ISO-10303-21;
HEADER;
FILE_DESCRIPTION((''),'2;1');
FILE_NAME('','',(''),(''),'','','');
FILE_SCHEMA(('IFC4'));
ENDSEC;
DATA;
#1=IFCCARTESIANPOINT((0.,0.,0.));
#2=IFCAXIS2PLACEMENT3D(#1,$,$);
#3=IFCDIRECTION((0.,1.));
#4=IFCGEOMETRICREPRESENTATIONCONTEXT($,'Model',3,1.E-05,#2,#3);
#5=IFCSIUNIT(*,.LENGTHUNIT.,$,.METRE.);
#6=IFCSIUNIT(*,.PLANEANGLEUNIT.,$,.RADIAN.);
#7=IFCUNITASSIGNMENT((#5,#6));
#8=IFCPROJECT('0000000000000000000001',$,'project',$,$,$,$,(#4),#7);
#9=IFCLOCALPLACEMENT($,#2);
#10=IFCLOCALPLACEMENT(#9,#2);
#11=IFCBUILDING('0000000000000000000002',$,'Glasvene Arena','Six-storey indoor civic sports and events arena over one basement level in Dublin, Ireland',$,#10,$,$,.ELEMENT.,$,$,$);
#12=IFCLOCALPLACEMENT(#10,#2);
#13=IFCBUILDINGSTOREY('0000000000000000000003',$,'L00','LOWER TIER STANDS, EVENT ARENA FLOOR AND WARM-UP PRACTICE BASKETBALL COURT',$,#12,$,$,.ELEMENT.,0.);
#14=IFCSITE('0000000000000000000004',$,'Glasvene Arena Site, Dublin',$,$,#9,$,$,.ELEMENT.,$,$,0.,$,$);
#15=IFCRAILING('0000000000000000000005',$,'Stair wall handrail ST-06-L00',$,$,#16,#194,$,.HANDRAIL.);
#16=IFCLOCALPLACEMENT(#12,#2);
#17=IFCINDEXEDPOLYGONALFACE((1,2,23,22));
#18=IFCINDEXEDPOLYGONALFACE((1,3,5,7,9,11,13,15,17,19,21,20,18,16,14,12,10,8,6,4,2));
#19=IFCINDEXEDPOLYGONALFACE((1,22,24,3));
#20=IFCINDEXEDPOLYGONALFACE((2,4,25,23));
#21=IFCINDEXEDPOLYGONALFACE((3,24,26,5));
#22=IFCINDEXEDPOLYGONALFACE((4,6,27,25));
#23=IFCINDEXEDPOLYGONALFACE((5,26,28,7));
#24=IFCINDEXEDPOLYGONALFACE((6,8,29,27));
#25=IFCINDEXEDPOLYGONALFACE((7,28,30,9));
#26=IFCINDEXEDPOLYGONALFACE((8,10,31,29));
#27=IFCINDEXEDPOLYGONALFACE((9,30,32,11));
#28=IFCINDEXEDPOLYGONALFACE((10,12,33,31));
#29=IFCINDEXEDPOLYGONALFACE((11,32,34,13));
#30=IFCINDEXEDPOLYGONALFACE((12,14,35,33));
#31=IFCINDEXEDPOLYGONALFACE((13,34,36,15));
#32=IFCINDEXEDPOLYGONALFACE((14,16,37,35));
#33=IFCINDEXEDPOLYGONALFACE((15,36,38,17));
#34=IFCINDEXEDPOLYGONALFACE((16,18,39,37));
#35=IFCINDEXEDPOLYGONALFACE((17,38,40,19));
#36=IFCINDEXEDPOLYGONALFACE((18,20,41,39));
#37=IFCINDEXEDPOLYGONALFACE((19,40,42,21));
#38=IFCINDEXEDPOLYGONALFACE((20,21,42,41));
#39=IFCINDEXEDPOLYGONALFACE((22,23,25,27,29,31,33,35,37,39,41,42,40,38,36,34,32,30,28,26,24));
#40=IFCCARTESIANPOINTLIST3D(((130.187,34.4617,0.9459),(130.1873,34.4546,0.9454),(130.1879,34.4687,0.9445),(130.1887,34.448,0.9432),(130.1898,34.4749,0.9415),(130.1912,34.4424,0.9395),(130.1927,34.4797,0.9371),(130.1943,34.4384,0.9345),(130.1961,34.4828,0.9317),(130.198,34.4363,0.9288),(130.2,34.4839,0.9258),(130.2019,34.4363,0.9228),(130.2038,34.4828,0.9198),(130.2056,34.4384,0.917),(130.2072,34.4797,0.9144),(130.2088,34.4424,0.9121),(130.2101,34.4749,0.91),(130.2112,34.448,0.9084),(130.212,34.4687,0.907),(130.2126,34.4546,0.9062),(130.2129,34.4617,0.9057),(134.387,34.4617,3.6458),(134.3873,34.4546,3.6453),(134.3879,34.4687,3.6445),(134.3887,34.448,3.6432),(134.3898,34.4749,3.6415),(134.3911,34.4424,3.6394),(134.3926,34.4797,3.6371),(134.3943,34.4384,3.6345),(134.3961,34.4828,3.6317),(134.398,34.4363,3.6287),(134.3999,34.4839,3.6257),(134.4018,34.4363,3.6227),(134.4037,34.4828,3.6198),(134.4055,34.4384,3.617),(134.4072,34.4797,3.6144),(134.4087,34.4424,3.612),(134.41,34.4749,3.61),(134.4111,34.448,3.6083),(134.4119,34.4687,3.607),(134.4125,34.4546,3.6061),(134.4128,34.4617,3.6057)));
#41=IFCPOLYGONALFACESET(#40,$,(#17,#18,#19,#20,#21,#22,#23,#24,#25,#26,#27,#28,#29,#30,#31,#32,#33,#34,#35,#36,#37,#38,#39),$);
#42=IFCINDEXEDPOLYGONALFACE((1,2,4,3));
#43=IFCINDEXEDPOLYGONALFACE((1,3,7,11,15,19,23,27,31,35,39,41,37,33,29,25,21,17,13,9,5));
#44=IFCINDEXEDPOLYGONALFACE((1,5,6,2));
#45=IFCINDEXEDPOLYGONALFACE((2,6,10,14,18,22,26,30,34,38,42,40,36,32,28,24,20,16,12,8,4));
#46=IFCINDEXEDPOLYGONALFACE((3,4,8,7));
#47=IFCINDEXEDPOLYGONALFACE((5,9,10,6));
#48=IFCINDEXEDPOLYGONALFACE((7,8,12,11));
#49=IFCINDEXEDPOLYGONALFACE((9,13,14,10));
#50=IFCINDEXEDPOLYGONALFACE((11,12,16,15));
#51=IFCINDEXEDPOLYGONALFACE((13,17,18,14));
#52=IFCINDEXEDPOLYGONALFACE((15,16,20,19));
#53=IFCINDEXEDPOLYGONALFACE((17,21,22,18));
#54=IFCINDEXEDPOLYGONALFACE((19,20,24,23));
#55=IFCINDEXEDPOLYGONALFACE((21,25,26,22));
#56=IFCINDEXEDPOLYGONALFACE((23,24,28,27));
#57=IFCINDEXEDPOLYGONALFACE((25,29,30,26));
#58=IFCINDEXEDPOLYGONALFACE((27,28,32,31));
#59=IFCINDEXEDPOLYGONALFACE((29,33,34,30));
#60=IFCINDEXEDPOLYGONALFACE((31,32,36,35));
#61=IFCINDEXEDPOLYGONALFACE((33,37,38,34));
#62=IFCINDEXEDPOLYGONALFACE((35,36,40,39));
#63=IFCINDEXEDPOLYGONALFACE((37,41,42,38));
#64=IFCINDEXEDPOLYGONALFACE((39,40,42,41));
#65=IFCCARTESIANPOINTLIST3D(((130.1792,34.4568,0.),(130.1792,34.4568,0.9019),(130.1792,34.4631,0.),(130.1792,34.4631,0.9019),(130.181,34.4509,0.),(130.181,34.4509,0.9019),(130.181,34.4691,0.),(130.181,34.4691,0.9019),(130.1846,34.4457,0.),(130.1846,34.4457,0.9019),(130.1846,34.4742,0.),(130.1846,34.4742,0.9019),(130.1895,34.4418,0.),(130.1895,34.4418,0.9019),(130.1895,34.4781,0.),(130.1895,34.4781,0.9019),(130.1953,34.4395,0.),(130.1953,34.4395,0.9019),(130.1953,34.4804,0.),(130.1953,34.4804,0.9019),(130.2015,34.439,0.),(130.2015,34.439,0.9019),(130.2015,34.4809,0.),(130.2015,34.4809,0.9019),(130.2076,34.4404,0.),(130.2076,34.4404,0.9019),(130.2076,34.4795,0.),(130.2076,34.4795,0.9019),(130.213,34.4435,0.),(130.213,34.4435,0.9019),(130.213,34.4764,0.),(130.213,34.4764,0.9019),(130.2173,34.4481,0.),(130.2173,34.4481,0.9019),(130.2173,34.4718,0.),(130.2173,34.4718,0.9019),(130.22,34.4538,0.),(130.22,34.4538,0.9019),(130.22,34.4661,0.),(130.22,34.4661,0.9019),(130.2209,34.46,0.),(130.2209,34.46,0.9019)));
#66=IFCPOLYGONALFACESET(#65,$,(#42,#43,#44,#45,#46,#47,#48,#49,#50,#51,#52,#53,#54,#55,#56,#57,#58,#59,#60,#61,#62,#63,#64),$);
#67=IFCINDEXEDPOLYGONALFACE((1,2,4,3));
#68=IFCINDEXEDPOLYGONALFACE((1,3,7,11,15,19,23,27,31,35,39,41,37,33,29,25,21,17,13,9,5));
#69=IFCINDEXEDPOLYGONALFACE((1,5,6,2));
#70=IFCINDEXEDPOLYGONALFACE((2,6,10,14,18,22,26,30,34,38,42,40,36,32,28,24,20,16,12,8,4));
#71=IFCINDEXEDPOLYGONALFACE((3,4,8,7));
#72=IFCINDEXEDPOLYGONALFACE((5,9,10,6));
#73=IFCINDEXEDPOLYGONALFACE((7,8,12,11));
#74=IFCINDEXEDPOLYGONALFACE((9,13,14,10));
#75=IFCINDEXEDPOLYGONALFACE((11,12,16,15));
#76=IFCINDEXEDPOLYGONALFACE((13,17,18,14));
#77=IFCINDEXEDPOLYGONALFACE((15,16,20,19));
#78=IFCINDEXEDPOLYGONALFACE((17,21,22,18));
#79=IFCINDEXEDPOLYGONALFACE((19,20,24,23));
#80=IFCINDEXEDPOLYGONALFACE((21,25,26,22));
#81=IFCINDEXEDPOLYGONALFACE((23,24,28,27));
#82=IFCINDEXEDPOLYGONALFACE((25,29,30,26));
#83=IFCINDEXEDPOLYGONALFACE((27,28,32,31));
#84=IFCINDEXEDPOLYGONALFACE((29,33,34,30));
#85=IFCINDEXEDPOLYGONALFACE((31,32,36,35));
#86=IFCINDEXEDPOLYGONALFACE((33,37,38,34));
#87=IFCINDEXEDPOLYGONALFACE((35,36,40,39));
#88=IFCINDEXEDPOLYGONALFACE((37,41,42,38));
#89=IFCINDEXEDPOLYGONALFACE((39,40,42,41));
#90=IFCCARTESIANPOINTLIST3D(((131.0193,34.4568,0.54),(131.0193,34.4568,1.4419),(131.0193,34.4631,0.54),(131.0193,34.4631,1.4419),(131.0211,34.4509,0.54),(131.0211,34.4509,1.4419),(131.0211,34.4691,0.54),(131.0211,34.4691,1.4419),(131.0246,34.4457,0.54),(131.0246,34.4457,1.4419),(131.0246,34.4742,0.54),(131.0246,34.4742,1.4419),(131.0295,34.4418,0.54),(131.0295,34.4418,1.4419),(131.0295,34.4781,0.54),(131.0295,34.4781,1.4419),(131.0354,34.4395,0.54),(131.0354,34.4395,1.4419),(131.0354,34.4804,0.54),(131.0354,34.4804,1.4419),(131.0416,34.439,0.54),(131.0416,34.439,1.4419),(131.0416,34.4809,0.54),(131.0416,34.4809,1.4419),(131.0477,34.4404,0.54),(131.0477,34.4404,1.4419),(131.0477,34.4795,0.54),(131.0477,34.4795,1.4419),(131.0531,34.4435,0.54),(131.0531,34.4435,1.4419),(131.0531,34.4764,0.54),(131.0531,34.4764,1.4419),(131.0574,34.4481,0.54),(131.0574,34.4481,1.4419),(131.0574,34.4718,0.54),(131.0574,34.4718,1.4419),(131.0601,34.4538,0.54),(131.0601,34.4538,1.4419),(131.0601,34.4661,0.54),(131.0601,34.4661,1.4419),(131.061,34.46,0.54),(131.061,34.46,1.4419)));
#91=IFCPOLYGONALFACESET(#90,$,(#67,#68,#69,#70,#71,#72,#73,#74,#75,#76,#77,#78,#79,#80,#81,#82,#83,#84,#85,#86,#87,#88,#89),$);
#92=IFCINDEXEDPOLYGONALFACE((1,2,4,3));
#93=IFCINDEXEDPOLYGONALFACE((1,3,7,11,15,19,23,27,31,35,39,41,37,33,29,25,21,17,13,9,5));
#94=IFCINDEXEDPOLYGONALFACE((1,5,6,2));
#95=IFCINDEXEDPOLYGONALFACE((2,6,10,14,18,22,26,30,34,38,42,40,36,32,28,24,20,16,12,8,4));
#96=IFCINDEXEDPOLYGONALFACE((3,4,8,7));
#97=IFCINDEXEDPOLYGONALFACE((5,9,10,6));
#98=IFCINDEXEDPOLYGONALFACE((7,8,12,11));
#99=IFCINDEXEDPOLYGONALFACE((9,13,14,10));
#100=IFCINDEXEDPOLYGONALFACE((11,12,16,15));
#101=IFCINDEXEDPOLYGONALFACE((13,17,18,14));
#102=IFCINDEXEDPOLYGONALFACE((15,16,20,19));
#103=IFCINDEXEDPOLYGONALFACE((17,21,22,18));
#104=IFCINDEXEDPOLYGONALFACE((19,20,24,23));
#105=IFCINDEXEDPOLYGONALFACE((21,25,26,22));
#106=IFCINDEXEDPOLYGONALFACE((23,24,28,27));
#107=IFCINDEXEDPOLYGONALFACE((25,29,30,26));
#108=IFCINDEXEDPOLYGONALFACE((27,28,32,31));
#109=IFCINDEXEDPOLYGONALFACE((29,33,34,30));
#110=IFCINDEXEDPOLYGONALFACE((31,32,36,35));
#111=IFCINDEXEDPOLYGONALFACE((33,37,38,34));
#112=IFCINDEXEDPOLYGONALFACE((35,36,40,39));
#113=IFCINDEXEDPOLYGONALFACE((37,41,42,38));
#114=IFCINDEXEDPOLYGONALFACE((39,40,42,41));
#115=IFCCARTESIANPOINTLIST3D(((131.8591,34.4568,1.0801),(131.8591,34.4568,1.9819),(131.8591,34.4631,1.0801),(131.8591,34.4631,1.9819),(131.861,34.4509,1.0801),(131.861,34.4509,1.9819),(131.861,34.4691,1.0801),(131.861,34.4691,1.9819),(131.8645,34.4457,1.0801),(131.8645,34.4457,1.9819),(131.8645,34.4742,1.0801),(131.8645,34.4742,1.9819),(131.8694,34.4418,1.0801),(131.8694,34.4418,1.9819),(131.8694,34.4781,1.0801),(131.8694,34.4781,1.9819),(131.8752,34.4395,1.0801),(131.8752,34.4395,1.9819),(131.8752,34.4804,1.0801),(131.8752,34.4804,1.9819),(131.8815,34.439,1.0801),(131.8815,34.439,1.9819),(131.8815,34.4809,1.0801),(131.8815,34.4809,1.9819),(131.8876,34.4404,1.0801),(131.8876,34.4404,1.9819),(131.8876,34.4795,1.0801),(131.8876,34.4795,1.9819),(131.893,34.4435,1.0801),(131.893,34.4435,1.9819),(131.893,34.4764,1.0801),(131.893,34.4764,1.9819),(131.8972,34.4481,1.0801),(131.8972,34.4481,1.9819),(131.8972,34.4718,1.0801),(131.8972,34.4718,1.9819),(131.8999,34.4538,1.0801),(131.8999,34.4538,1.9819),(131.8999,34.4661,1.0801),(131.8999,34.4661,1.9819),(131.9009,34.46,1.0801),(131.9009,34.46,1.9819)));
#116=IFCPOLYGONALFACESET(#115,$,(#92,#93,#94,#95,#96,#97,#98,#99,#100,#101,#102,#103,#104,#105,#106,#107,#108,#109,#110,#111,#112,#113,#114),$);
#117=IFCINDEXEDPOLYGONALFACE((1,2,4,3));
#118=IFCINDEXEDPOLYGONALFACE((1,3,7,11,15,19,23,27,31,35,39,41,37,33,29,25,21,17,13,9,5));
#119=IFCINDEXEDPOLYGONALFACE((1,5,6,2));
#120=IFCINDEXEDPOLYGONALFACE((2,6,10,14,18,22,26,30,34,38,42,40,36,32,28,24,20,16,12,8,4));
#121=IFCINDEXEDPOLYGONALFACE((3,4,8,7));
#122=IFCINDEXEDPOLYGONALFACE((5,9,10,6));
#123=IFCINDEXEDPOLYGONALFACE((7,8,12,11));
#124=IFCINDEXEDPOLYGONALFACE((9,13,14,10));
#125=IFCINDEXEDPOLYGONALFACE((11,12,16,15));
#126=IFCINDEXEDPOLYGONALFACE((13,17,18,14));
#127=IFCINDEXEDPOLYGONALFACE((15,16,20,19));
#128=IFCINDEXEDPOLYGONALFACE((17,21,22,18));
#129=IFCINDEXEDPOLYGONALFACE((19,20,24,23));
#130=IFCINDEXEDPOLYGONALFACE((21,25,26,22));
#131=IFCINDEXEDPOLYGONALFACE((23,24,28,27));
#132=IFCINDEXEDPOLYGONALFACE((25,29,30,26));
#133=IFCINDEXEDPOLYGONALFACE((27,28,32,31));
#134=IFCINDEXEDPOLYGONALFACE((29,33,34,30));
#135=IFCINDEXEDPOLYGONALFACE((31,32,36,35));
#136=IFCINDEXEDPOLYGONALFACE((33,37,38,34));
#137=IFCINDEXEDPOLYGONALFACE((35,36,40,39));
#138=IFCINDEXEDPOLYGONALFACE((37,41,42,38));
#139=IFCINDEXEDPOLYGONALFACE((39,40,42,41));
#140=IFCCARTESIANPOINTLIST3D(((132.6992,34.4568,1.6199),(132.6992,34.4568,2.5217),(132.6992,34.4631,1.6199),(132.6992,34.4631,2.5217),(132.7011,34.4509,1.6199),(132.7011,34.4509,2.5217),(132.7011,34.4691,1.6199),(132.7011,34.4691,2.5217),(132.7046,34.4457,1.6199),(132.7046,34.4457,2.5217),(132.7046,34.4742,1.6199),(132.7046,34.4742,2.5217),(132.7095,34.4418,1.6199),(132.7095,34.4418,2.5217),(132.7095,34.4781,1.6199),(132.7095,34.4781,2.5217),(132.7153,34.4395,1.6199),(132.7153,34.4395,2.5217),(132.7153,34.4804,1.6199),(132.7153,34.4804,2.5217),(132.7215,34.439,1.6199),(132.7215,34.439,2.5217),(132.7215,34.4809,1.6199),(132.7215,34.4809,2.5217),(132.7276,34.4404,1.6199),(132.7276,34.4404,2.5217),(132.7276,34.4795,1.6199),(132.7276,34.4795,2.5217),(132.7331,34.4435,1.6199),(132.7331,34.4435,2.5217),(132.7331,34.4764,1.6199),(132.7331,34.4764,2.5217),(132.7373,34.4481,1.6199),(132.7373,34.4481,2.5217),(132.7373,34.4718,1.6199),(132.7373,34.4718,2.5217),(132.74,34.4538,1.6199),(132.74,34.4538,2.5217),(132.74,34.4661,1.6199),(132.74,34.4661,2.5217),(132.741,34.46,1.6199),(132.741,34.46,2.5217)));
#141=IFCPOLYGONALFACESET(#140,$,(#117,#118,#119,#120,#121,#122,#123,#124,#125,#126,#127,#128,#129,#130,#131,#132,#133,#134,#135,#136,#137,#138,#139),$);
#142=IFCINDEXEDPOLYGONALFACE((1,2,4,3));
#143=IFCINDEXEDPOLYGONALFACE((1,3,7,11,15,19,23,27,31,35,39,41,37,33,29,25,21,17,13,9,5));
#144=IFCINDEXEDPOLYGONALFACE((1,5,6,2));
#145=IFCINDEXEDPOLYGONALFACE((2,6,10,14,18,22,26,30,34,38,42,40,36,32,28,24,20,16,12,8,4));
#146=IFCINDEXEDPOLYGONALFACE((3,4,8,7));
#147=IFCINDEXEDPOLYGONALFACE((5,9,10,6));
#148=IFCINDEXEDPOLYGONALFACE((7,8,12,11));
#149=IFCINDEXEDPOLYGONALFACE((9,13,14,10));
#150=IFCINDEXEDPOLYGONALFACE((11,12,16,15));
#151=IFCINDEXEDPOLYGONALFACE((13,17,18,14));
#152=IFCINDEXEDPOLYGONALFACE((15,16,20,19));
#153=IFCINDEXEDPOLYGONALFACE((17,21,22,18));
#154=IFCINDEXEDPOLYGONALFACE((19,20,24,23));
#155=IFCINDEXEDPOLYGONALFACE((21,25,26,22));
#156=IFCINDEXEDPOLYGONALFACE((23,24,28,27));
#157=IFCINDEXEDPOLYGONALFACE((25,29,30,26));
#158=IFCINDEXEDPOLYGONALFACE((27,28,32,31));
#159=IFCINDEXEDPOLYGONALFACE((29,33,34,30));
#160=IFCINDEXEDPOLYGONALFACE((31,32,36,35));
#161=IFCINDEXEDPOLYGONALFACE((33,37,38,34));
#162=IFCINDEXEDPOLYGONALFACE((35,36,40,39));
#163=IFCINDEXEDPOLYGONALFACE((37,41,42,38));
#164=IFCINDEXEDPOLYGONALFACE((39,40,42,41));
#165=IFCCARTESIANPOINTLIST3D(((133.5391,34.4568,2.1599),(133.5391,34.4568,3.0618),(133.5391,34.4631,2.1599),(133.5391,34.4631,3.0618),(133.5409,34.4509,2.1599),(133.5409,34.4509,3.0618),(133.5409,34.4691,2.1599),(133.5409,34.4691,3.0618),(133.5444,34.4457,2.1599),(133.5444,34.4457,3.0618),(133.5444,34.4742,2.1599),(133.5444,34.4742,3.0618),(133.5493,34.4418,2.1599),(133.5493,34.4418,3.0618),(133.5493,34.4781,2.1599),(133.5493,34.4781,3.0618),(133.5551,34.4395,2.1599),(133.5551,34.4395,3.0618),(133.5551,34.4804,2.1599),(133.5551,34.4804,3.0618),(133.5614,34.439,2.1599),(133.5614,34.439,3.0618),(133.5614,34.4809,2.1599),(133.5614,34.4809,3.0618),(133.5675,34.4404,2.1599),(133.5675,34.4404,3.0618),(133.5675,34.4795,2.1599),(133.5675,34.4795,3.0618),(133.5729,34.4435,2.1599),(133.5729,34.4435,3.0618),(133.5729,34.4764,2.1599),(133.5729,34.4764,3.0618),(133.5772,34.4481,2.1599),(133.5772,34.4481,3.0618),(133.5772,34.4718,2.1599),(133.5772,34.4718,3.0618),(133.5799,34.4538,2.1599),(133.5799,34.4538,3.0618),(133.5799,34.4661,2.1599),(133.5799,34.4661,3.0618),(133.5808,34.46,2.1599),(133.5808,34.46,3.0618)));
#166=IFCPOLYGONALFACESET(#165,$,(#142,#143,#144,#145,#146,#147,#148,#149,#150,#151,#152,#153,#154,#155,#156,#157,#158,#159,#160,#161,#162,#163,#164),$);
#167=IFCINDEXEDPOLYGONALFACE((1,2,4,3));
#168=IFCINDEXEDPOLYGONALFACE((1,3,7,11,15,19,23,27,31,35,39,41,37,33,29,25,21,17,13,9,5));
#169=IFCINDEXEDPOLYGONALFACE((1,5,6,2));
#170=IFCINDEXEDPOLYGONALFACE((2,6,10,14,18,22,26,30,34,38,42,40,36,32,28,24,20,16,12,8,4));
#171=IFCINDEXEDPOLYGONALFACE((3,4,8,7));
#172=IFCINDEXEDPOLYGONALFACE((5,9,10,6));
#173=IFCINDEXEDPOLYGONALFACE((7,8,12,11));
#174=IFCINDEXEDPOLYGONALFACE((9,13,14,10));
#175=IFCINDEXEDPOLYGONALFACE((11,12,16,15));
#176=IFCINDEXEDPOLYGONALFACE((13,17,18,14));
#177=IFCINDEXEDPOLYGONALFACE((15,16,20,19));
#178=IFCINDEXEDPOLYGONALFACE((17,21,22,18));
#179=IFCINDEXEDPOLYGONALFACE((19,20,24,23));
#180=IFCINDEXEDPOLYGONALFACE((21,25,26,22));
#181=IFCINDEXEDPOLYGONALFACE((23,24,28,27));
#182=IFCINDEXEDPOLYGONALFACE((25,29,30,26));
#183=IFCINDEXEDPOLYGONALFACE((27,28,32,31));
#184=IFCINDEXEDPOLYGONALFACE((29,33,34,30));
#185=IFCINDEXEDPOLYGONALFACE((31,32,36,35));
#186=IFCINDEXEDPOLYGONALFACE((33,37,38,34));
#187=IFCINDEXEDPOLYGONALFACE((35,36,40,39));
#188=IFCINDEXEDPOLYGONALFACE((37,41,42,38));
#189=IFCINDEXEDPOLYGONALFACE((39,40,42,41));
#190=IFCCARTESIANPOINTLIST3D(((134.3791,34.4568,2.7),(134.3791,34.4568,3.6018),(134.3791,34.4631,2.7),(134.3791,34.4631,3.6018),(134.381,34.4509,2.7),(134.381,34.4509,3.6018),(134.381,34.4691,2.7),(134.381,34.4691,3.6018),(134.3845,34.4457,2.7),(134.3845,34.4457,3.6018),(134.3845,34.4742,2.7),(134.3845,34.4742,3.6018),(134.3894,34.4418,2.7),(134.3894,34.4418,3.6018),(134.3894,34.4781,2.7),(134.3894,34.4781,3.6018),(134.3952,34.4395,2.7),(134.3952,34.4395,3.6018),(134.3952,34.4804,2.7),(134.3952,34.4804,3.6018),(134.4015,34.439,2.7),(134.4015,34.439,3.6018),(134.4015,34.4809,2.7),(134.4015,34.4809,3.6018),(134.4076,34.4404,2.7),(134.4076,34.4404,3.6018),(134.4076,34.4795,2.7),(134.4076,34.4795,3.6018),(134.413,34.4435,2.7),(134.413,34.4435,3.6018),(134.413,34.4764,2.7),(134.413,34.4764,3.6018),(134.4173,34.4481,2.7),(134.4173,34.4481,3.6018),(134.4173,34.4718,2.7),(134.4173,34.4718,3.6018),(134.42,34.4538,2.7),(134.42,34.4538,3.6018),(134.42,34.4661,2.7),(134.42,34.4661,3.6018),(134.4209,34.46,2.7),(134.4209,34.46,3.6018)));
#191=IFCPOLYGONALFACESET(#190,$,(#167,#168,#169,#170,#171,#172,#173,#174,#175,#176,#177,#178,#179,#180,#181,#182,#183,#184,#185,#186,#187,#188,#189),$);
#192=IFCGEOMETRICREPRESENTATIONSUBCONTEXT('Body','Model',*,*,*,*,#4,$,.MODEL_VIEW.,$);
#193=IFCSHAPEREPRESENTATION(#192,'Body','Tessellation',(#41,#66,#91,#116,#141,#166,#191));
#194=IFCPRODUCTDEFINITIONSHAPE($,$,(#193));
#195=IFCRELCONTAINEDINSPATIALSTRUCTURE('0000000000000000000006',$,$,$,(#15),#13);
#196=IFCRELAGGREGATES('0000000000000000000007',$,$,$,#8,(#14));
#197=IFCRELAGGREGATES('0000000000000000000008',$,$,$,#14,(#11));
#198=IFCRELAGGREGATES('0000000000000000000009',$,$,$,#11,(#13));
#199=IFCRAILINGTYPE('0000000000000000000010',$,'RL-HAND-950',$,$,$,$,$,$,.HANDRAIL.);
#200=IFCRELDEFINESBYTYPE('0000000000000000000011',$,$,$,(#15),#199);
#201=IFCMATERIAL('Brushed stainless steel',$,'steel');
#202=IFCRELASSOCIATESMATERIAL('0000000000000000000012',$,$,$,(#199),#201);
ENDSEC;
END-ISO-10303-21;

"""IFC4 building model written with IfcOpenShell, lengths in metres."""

from ifc_helpers import new_model, si_unit, direction, frame, origin, origin_2d, place, context, subcontext, project, spatial, circle, extrude, material, type_object, element, save


model = new_model("IFC4")

# Units and contexts
model_context = context("Model", 3, precision=1e-05, world=origin(), true_north=direction((0.0, 1.0)))
body_context = subcontext(model_context, "Body", "Model", "MODEL_VIEW")
ifc_project = project(units=[si_unit("LENGTHUNIT", "METRE"), si_unit("PLANEANGLEUNIT", "RADIAN")], contexts=[model_context])

# Site, building, storey
site_placement = place(None, origin())
site = spatial("IfcSite", under=ifc_project, at=site_placement, Name="Glasvene Arena Site, Dublin", CompositionType="ELEMENT", RefElevation=0.0)
building_placement = place(site_placement, origin())
building = spatial("IfcBuilding", under=site, at=building_placement, Name="Glasvene Arena", Description="Six-storey indoor civic sports and events arena over one basement level in Dublin, Ireland", CompositionType="ELEMENT")
storey_placement = place(building_placement, origin())
storey = spatial("IfcBuildingStorey", under=building, at=storey_placement, Name="L00", Description="LOWER TIER STANDS, EVENT ARENA FLOOR AND WARM-UP PRACTICE BASKETBALL COURT", CompositionType="ELEMENT", Elevation=0.0)

# Railing
ifc_material_1 = material(Name="Brushed stainless steel", Category="steel")
railing_type_1 = type_object("IfcRailingType", Name="RL-HAND-950", PredefinedType="HANDRAIL", material=ifc_material_1)
railing_1_placement = place(storey_placement, frame((130.2, 34.46, 0.0)))
element("IfcRailing", 1, at=railing_1_placement, inside=storey, type_object=railing_type_1, Name="Stair wall handrail ST-06-L00", PredefinedType="HANDRAIL", context=body_context, shape_type="SweptSolid", body=[
    extrude(circle(Radius=0.0239, at=origin_2d()), frame((0.0, 0.0, 0.9258), z_axis=(0.84118, 0.0, 0.540755), x_axis=(0.0, 1.0, 0.0)), (0.0, 0.0, 1.0), 4.9929),
    extrude(circle(Radius=0.021, at=origin_2d()), origin(), (0.0, 0.0, 1.0), 0.9019),
    extrude(circle(Radius=0.021, at=origin_2d()), frame((0.8401, 0.0, 0.54)), (0.0, 0.0, 1.0), 0.9019),
    extrude(circle(Radius=0.021, at=origin_2d()), frame((1.6799, 0.0, 1.0801)), (0.0, 0.0, 1.0), 0.9019),
    extrude(circle(Radius=0.021, at=origin_2d()), frame((2.52, 0.0, 1.6199)), (0.0, 0.0, 1.0), 0.9019),
    extrude(circle(Radius=0.021, at=origin_2d()), frame((3.3599, 0.0, 2.1599)), (0.0, 0.0, 1.0), 0.9019),
    extrude(circle(Radius=0.021, at=origin_2d()), frame((4.2, 0.0, 2.7)), (0.0, 0.0, 1.0), 0.9019),
])

save(model, "model.ifc")
